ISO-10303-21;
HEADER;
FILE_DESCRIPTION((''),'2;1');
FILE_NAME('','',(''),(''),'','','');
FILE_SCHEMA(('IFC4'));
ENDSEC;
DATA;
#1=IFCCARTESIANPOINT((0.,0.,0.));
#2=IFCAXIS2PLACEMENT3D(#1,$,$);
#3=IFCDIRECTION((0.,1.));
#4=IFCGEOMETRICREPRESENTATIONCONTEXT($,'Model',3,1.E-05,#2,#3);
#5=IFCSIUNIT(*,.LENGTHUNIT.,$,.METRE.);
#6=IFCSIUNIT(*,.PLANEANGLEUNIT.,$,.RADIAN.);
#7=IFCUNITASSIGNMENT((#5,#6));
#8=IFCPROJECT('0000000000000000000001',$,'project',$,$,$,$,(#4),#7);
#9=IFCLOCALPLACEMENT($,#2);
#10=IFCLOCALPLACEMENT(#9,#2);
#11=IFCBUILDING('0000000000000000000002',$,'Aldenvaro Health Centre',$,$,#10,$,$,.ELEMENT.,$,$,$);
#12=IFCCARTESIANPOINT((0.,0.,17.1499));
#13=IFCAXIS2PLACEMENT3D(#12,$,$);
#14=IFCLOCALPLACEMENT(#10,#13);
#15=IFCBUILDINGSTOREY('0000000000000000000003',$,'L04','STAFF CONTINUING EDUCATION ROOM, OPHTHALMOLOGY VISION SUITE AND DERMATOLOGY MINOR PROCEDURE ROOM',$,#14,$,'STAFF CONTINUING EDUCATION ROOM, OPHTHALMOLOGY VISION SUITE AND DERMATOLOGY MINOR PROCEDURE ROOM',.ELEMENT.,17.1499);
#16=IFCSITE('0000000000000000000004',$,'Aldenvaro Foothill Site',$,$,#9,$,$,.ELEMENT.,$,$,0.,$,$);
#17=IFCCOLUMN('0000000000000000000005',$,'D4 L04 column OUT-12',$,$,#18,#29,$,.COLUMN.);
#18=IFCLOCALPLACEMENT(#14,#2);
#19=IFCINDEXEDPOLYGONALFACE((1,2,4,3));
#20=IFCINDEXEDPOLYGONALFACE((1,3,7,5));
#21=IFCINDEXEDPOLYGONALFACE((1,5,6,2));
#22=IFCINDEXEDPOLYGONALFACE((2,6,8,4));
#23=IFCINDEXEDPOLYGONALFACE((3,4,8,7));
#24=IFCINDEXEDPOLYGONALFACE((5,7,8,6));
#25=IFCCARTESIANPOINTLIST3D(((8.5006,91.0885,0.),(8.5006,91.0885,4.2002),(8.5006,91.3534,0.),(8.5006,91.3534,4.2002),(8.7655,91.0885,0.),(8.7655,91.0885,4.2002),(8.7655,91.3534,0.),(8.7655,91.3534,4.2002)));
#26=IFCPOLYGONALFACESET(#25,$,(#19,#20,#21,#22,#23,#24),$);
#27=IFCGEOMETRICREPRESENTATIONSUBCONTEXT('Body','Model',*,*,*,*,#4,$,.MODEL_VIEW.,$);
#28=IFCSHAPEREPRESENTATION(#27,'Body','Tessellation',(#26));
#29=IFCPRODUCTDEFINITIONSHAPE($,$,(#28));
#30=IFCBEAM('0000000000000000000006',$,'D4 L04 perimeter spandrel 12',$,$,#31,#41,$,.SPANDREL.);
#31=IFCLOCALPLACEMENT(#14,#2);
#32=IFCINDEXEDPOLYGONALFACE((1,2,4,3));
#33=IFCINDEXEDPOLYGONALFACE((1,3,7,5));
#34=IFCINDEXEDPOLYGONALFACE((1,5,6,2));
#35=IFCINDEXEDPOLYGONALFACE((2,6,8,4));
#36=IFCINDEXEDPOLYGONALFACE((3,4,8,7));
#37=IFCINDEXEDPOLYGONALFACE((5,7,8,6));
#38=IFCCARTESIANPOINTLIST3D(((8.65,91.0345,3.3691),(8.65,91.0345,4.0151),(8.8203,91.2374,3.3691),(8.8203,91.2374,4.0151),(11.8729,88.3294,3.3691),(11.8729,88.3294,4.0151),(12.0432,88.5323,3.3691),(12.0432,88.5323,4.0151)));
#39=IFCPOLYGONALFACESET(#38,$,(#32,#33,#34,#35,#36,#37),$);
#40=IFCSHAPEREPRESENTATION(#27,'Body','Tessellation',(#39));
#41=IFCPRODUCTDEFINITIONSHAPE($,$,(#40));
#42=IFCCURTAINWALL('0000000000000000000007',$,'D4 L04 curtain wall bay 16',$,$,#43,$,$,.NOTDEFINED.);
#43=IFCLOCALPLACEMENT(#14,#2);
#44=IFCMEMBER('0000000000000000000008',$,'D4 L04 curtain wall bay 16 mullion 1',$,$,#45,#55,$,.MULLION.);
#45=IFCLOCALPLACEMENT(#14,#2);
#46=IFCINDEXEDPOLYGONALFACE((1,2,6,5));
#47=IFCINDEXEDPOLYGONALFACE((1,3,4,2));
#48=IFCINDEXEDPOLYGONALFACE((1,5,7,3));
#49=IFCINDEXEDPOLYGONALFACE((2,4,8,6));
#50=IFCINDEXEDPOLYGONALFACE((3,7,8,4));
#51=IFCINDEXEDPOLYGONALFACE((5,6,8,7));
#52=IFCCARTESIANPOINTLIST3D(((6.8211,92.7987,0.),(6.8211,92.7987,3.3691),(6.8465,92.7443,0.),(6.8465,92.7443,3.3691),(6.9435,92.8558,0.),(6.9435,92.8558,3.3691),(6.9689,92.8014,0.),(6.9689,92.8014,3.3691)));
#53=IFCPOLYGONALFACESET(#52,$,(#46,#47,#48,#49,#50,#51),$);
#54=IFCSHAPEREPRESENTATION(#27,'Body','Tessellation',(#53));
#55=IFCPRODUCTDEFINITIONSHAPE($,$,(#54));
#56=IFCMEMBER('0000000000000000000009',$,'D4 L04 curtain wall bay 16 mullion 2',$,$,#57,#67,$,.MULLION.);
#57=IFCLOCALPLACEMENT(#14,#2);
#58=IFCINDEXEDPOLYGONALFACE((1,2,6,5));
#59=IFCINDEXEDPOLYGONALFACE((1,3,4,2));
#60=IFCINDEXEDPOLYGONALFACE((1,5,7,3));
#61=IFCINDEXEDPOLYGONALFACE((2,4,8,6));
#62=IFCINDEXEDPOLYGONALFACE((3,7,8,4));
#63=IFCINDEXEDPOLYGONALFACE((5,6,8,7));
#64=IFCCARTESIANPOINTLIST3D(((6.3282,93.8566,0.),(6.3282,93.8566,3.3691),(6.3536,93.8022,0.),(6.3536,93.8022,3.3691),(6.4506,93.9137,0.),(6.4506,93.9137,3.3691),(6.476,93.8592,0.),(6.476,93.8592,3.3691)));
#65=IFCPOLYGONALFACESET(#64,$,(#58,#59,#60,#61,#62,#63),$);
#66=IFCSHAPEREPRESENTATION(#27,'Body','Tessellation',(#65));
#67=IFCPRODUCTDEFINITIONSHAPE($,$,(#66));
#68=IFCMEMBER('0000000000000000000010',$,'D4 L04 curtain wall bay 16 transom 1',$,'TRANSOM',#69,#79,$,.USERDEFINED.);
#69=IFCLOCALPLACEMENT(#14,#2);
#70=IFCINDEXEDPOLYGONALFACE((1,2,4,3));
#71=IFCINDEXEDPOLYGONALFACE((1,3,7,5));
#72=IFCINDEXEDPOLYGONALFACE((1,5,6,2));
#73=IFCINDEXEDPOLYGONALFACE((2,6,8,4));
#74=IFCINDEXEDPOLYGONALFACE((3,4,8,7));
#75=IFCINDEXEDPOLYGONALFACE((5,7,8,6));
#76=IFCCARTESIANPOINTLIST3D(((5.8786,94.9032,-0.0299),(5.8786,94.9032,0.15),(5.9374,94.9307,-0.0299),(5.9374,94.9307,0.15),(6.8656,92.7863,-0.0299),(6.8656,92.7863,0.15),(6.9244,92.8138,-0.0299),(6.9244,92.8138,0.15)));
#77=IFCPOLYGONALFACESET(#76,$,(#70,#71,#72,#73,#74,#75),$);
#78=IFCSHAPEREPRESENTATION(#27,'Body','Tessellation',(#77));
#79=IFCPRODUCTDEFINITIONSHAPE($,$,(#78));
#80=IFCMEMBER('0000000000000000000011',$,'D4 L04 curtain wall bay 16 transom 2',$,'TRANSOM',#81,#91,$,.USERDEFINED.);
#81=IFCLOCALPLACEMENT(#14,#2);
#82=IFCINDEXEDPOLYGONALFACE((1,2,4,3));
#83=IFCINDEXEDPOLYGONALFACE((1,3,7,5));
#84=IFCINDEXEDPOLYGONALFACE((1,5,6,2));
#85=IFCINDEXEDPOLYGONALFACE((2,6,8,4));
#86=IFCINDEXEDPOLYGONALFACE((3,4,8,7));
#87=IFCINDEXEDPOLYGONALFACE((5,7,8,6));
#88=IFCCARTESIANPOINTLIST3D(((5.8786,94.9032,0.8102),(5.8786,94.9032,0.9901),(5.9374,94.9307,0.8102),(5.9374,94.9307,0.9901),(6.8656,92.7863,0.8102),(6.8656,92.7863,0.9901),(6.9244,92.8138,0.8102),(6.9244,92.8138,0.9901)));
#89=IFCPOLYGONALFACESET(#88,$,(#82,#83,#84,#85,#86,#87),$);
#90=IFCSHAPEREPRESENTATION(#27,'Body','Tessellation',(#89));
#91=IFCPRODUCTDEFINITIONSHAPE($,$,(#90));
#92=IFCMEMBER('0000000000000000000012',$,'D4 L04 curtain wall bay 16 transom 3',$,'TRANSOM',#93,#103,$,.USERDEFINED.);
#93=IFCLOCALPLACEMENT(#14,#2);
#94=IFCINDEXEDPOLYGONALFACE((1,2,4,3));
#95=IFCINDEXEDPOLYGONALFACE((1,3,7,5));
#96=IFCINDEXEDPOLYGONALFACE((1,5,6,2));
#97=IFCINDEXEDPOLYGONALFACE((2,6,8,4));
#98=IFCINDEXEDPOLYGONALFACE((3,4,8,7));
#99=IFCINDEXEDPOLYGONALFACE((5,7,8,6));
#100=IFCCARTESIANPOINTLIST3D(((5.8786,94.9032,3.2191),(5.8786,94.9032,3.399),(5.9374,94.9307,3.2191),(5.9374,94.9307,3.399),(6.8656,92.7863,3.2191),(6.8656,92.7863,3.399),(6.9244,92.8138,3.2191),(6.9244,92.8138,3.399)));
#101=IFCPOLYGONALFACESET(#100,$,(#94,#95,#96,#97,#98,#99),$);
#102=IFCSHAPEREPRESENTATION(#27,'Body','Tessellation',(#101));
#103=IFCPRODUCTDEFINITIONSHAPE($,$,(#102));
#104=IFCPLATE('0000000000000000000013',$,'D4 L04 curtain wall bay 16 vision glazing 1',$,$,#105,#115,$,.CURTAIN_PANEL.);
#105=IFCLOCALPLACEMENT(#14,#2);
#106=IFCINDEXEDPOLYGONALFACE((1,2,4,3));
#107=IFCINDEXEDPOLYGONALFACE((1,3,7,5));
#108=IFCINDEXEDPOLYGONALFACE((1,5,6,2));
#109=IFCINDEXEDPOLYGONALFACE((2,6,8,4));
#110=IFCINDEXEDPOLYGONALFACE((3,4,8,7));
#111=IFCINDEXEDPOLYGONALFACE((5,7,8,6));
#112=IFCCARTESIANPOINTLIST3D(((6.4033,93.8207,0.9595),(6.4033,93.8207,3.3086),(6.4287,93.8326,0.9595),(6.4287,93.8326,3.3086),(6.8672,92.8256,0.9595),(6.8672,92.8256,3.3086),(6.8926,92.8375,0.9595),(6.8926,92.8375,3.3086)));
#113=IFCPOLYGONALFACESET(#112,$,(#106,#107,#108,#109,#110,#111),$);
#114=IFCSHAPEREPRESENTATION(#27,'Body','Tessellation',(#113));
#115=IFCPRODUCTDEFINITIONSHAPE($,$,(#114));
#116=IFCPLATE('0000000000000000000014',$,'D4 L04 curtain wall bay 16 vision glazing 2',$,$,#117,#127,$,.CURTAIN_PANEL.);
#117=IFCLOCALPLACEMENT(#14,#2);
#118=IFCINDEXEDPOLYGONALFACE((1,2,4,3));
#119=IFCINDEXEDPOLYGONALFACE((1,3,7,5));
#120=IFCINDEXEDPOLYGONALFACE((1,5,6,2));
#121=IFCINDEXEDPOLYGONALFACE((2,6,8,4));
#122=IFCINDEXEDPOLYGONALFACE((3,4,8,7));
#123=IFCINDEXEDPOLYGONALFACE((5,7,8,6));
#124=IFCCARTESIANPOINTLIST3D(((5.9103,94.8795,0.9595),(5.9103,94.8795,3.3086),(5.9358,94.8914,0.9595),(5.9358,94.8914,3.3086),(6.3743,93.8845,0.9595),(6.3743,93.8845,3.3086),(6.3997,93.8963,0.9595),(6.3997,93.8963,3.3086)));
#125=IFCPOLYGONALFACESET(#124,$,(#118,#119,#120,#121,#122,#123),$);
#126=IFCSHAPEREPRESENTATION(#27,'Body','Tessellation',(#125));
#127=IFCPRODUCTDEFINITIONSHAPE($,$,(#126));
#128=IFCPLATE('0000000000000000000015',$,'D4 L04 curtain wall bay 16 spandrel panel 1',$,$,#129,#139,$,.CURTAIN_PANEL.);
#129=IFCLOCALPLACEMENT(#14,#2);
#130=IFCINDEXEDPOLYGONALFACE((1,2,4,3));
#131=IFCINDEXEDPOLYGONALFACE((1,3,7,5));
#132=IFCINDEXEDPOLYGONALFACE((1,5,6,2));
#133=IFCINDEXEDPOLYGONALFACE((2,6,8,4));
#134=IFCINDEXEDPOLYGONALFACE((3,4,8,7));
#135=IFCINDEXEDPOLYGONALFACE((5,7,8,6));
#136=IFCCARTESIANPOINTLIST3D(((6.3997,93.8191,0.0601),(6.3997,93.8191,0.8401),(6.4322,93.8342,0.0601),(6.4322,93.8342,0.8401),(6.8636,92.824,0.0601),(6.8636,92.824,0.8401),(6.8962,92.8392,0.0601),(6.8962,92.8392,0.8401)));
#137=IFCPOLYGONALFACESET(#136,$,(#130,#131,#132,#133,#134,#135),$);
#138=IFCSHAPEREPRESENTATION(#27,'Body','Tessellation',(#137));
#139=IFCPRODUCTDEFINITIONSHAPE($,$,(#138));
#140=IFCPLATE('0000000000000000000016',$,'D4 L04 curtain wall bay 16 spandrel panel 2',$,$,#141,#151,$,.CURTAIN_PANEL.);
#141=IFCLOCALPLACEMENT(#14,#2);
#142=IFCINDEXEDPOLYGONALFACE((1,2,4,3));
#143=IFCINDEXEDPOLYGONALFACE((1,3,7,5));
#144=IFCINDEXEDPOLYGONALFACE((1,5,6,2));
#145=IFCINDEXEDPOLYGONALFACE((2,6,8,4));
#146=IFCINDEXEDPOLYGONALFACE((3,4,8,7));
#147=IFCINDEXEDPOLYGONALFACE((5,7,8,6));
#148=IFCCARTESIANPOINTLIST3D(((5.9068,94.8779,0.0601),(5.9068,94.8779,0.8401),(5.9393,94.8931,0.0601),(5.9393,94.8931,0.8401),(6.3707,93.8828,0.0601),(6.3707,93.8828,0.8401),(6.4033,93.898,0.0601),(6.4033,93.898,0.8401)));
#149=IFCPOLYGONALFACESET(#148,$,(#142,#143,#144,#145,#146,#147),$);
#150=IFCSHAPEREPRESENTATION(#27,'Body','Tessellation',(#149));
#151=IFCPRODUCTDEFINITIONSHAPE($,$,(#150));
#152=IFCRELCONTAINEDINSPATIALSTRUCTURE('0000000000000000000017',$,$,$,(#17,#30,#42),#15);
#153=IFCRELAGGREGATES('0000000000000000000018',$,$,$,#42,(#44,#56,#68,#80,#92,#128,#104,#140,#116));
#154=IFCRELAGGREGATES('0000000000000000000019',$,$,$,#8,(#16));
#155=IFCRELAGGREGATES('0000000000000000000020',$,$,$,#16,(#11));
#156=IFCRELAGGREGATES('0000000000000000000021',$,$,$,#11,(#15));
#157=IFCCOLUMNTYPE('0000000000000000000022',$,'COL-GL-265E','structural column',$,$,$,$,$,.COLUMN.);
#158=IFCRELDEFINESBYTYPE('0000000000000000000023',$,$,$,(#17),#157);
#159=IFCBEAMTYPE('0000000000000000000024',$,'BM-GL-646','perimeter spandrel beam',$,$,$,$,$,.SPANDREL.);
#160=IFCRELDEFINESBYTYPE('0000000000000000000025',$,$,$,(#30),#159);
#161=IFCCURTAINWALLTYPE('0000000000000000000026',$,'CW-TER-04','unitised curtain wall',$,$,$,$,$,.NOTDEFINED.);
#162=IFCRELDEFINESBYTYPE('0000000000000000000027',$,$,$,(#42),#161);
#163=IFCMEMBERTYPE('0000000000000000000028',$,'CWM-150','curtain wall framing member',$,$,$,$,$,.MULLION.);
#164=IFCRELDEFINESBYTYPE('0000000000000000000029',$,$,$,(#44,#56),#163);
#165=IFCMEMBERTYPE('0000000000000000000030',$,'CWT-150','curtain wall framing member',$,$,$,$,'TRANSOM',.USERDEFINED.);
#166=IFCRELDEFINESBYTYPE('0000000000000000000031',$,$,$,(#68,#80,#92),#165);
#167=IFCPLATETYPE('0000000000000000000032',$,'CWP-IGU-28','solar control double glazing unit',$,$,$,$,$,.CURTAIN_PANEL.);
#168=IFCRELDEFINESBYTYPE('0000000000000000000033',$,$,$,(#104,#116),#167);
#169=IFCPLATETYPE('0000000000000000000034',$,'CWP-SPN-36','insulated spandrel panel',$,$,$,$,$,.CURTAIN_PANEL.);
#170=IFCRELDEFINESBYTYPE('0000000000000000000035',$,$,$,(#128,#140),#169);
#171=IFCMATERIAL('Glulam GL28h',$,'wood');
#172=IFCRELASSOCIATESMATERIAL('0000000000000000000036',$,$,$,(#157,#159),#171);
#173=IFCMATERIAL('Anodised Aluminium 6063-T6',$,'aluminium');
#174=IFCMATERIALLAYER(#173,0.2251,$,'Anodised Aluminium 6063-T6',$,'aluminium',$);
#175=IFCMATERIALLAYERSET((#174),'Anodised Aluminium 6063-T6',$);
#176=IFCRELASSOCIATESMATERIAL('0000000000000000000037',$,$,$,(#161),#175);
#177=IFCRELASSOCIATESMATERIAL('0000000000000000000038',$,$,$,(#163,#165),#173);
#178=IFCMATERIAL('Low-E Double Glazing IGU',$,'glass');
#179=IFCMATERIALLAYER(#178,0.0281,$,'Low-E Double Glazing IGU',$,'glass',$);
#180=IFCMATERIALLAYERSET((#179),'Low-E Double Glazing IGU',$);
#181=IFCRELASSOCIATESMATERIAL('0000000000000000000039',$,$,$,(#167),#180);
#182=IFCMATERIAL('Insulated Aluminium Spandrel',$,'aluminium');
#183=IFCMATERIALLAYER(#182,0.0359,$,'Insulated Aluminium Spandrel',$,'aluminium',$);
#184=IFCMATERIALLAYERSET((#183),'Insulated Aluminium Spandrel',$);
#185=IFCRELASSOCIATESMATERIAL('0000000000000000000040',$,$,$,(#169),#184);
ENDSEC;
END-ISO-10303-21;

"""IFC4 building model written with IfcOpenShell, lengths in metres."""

from ifc_helpers import new_model, si_unit, direction, frame, origin, origin_2d, place, context, subcontext, project, spatial, rectangle, extrude, material, layer, layer_set, material_profile, profile_set, type_object, element, aggregate, save


model = new_model("IFC4")

# Units and contexts
model_context = context("Model", 3, precision=1e-05, world=origin(), true_north=direction((0.0, 1.0)))
body_context = subcontext(model_context, "Body", "Model", "MODEL_VIEW")
ifc_project = project(units=[si_unit("LENGTHUNIT", "METRE"), si_unit("PLANEANGLEUNIT", "RADIAN")], contexts=[model_context])

# Site, building, storey
site_placement = place(None, origin())
site = spatial("IfcSite", under=ifc_project, at=site_placement, Name="Aldenvaro Foothill Site", CompositionType="ELEMENT", RefElevation=0.0)
building_placement = place(site_placement, origin())
building = spatial("IfcBuilding", under=site, at=building_placement, Name="Aldenvaro Health Centre", CompositionType="ELEMENT")
storey_placement = place(building_placement, frame((0.0, 0.0, 17.1499)))
storey = spatial("IfcBuildingStorey", under=building, at=storey_placement, Name="L04", Description="STAFF CONTINUING EDUCATION ROOM, OPHTHALMOLOGY VISION SUITE AND DERMATOLOGY MINOR PROCEDURE ROOM", LongName="STAFF CONTINUING EDUCATION ROOM, OPHTHALMOLOGY VISION SUITE AND DERMATOLOGY MINOR PROCEDURE ROOM", CompositionType="ELEMENT", Elevation=17.1499)

# Column
ifc_material_1 = material(Name="Glulam GL28h", Category="wood")
ifc_material_profile_1 = material_profile(ifc_material_1, rectangle(XDim=0.2649, YDim=0.2649, at=origin_2d()), Name="GL 265x265", Category="wood")
ifc_profile_set_1 = profile_set([ifc_material_profile_1], Name="Glulam GL28h")
column_type = type_object("IfcColumnType", Name="COL-GL-265E", Description="structural column", PredefinedType="COLUMN", material=ifc_profile_set_1)
column_placement = place(storey_placement, frame((8.6331, 91.2209, 0.0), z_axis=(0.0, 0.0, 1.0), x_axis=(1.0, 0.0, 0.0)))
element("IfcColumn", 1, at=column_placement, inside=storey, type_object=column_type, Name="D4 L04 column OUT-12", PredefinedType="COLUMN", context=body_context, shape_type="SweptSolid", body=[
    extrude(rectangle(XDim=0.2649, YDim=0.2649, at=origin_2d()), origin(), (0.0, 0.0, 1.0), 4.2002),
])

# Beam
ifc_material_profile_2 = material_profile(ifc_material_1, rectangle(XDim=0.2649, YDim=0.646, at=origin_2d()), Name="GL 265x646", Category="wood")
ifc_profile_set_2 = profile_set([ifc_material_profile_2], Name="Glulam GL28h")
beam_type = type_object("IfcBeamType", Name="BM-GL-646", Description="perimeter spandrel beam", PredefinedType="SPANDREL", material=ifc_profile_set_2)
beam_placement = place(storey_placement, frame((8.7351, 91.136, 3.6921), z_axis=(0.765957, -0.642891, 0.0), x_axis=(0.642891, 0.765957, 0.0)))
element("IfcBeam", 2, at=beam_placement, inside=storey, type_object=beam_type, Name="D4 L04 perimeter spandrel 12", PredefinedType="SPANDREL", context=body_context, shape_type="SweptSolid", body=[
    extrude(rectangle(XDim=0.2649, YDim=0.646, at=origin_2d()), origin(), (0.0, 0.0, 1.0), 4.2078),
])

# Curtain wall, members, plates
ifc_material_2 = material(Name="Anodised Aluminium 6063-T6", Category="aluminium")
ifc_layer_1 = layer(ifc_material_2, 0.2251, Name="Anodised Aluminium 6063-T6", Category="aluminium")
ifc_layer_set_1 = layer_set([ifc_layer_1], Name="Anodised Aluminium 6063-T6")
curtain_wall_type = type_object("IfcCurtainWallType", Name="CW-TER-04", Description="unitised curtain wall", PredefinedType="NOTDEFINED", material=ifc_layer_set_1)
curtain_wall_placement = place(storey_placement, origin())
curtain_wall = element("IfcCurtainWall", 3, at=curtain_wall_placement, inside=storey, type_object=curtain_wall_type, Name="D4 L04 curtain wall bay 16", PredefinedType="NOTDEFINED")
ifc_material_profile_3 = material_profile(ifc_material_2, rectangle(XDim=0.0601, YDim=0.135, at=origin_2d()), Name="ALU 60x135", Category="aluminium")
ifc_profile_set_3 = profile_set([ifc_material_profile_3], Name="Anodised Aluminium 6063-T6")
member_type_1 = type_object("IfcMemberType", Name="CWM-150", Description="curtain wall framing member", PredefinedType="MULLION", material=ifc_profile_set_3)
member_1_placement = place(storey_placement, frame((6.895, 92.8, 0.0), z_axis=(0.0, 0.0, 1.0), x_axis=(-0.422557, 0.906336, 0.0)))
member_1 = element("IfcMember", 4, at=member_1_placement, type_object=member_type_1, Name="D4 L04 curtain wall bay 16 mullion 1", PredefinedType="MULLION", context=body_context, shape_type="SweptSolid", body=[
    extrude(rectangle(XDim=0.0601, YDim=0.135, at=origin_2d()), origin(), (0.0, 0.0, 1.0), 3.3691),
])
member_2_placement = place(storey_placement, frame((6.4021, 93.8579, 0.0), z_axis=(0.0, 0.0, 1.0), x_axis=(-0.422557, 0.906336, 0.0)))
member_2 = element("IfcMember", 5, at=member_2_placement, type_object=member_type_1, Name="D4 L04 curtain wall bay 16 mullion 2", PredefinedType="MULLION", context=body_context, shape_type="SweptSolid", body=[
    extrude(rectangle(XDim=0.0601, YDim=0.135, at=origin_2d()), origin(), (0.0, 0.0, 1.0), 3.3691),
])
ifc_material_profile_4 = material_profile(ifc_material_2, rectangle(XDim=0.0649, YDim=0.1799, at=origin_2d()), Name="ALU 65x180", Category="aluminium")
ifc_profile_set_4 = profile_set([ifc_material_profile_4], Name="Anodised Aluminium 6063-T6")
member_type_2 = type_object("IfcMemberType", Name="CWT-150", Description="curtain wall framing member", ElementType="TRANSOM", PredefinedType="USERDEFINED", material=ifc_profile_set_4)
member_3_placement = place(storey_placement, frame((6.895, 92.8, 0.0601), z_axis=(-0.422588, 0.906322, 0.0), x_axis=(-0.906322, -0.422588, 0.0)))
member_3 = element("IfcMember", 6, at=member_3_placement, type_object=member_type_2, Name="D4 L04 curtain wall bay 16 transom 1", ObjectType="TRANSOM", PredefinedType="USERDEFINED", context=body_context, shape_type="SweptSolid", body=[
    extrude(rectangle(XDim=0.0649, YDim=0.1799, at=origin_2d()), origin(), (0.0, 0.0, 1.0), 2.3357),
])
member_4_placement = place(storey_placement, frame((6.895, 92.8, 0.9001), z_axis=(-0.422588, 0.906322, 0.0), x_axis=(-0.906322, -0.422588, 0.0)))
member_4 = element("IfcMember", 7, at=member_4_placement, type_object=member_type_2, Name="D4 L04 curtain wall bay 16 transom 2", ObjectType="TRANSOM", PredefinedType="USERDEFINED", context=body_context, shape_type="SweptSolid", body=[
    extrude(rectangle(XDim=0.0649, YDim=0.1799, at=origin_2d()), origin(), (0.0, 0.0, 1.0), 2.3357),
])
member_5_placement = place(storey_placement, frame((6.895, 92.8, 3.3091), z_axis=(-0.422588, 0.906322, 0.0), x_axis=(-0.906322, -0.422588, 0.0)))
member_5 = element("IfcMember", 8, at=member_5_placement, type_object=member_type_2, Name="D4 L04 curtain wall bay 16 transom 3", ObjectType="TRANSOM", PredefinedType="USERDEFINED", context=body_context, shape_type="SweptSolid", body=[
    extrude(rectangle(XDim=0.0649, YDim=0.1799, at=origin_2d()), origin(), (0.0, 0.0, 1.0), 2.3357),
])
ifc_material_3 = material(Name="Low-E Double Glazing IGU", Category="glass")
ifc_layer_2 = layer(ifc_material_3, 0.0281, Name="Low-E Double Glazing IGU", Category="glass")
ifc_layer_set_2 = layer_set([ifc_layer_2], Name="Low-E Double Glazing IGU")
plate_type_1 = type_object("IfcPlateType", Name="CWP-IGU-28", Description="solar control double glazing unit", PredefinedType="CURTAIN_PANEL", material=ifc_layer_set_2)
plate_1_placement = place(storey_placement, frame((6.6479, 93.3291, 0.9595), z_axis=(0.0, 0.0, 1.0), x_axis=(-0.422557, 0.906336, 0.0)))
plate_1 = element("IfcPlate", 9, at=plate_1_placement, type_object=plate_type_1, Name="D4 L04 curtain wall bay 16 vision glazing 1", PredefinedType="CURTAIN_PANEL", context=body_context, shape_type="SweptSolid", body=[
    extrude(rectangle(XDim=1.0979, YDim=0.0281, at=origin_2d()), origin(), (0.0, 0.0, 1.0), 2.3491),
])
plate_2_placement = place(storey_placement, frame((6.155, 94.3879, 0.9595), z_axis=(0.0, 0.0, 1.0), x_axis=(-0.422557, 0.906336, 0.0)))
plate_2 = element("IfcPlate", 10, at=plate_2_placement, type_object=plate_type_1, Name="D4 L04 curtain wall bay 16 vision glazing 2", PredefinedType="CURTAIN_PANEL", context=body_context, shape_type="SweptSolid", body=[
    extrude(rectangle(XDim=1.0979, YDim=0.0281, at=origin_2d()), origin(), (0.0, 0.0, 1.0), 2.3491),
])
ifc_material_4 = material(Name="Insulated Aluminium Spandrel", Category="aluminium")
ifc_layer_3 = layer(ifc_material_4, 0.0359, Name="Insulated Aluminium Spandrel", Category="aluminium")
ifc_layer_set_3 = layer_set([ifc_layer_3], Name="Insulated Aluminium Spandrel")
plate_type_2 = type_object("IfcPlateType", Name="CWP-SPN-36", Description="insulated spandrel panel", PredefinedType="CURTAIN_PANEL", material=ifc_layer_set_3)
plate_3_placement = place(storey_placement, frame((6.6479, 93.3291, 0.0601), z_axis=(0.0, 0.0, 1.0), x_axis=(-0.422557, 0.906336, 0.0)))
plate_3 = element("IfcPlate", 11, at=plate_3_placement, type_object=plate_type_2, Name="D4 L04 curtain wall bay 16 spandrel panel 1", PredefinedType="CURTAIN_PANEL", context=body_context, shape_type="SweptSolid", body=[
    extrude(rectangle(XDim=1.0979, YDim=0.0359, at=origin_2d()), origin(), (0.0, 0.0, 1.0), 0.78),
])
plate_4_placement = place(storey_placement, frame((6.155, 94.3879, 0.0601), z_axis=(0.0, 0.0, 1.0), x_axis=(-0.422557, 0.906336, 0.0)))
plate_4 = element("IfcPlate", 12, at=plate_4_placement, type_object=plate_type_2, Name="D4 L04 curtain wall bay 16 spandrel panel 2", PredefinedType="CURTAIN_PANEL", context=body_context, shape_type="SweptSolid", body=[
    extrude(rectangle(XDim=1.0979, YDim=0.0359, at=origin_2d()), origin(), (0.0, 0.0, 1.0), 0.78),
])
aggregate(curtain_wall, [member_1, member_2, member_3, member_4, member_5, plate_3, plate_1, plate_4, plate_2])

save(model, "model.ifc")
